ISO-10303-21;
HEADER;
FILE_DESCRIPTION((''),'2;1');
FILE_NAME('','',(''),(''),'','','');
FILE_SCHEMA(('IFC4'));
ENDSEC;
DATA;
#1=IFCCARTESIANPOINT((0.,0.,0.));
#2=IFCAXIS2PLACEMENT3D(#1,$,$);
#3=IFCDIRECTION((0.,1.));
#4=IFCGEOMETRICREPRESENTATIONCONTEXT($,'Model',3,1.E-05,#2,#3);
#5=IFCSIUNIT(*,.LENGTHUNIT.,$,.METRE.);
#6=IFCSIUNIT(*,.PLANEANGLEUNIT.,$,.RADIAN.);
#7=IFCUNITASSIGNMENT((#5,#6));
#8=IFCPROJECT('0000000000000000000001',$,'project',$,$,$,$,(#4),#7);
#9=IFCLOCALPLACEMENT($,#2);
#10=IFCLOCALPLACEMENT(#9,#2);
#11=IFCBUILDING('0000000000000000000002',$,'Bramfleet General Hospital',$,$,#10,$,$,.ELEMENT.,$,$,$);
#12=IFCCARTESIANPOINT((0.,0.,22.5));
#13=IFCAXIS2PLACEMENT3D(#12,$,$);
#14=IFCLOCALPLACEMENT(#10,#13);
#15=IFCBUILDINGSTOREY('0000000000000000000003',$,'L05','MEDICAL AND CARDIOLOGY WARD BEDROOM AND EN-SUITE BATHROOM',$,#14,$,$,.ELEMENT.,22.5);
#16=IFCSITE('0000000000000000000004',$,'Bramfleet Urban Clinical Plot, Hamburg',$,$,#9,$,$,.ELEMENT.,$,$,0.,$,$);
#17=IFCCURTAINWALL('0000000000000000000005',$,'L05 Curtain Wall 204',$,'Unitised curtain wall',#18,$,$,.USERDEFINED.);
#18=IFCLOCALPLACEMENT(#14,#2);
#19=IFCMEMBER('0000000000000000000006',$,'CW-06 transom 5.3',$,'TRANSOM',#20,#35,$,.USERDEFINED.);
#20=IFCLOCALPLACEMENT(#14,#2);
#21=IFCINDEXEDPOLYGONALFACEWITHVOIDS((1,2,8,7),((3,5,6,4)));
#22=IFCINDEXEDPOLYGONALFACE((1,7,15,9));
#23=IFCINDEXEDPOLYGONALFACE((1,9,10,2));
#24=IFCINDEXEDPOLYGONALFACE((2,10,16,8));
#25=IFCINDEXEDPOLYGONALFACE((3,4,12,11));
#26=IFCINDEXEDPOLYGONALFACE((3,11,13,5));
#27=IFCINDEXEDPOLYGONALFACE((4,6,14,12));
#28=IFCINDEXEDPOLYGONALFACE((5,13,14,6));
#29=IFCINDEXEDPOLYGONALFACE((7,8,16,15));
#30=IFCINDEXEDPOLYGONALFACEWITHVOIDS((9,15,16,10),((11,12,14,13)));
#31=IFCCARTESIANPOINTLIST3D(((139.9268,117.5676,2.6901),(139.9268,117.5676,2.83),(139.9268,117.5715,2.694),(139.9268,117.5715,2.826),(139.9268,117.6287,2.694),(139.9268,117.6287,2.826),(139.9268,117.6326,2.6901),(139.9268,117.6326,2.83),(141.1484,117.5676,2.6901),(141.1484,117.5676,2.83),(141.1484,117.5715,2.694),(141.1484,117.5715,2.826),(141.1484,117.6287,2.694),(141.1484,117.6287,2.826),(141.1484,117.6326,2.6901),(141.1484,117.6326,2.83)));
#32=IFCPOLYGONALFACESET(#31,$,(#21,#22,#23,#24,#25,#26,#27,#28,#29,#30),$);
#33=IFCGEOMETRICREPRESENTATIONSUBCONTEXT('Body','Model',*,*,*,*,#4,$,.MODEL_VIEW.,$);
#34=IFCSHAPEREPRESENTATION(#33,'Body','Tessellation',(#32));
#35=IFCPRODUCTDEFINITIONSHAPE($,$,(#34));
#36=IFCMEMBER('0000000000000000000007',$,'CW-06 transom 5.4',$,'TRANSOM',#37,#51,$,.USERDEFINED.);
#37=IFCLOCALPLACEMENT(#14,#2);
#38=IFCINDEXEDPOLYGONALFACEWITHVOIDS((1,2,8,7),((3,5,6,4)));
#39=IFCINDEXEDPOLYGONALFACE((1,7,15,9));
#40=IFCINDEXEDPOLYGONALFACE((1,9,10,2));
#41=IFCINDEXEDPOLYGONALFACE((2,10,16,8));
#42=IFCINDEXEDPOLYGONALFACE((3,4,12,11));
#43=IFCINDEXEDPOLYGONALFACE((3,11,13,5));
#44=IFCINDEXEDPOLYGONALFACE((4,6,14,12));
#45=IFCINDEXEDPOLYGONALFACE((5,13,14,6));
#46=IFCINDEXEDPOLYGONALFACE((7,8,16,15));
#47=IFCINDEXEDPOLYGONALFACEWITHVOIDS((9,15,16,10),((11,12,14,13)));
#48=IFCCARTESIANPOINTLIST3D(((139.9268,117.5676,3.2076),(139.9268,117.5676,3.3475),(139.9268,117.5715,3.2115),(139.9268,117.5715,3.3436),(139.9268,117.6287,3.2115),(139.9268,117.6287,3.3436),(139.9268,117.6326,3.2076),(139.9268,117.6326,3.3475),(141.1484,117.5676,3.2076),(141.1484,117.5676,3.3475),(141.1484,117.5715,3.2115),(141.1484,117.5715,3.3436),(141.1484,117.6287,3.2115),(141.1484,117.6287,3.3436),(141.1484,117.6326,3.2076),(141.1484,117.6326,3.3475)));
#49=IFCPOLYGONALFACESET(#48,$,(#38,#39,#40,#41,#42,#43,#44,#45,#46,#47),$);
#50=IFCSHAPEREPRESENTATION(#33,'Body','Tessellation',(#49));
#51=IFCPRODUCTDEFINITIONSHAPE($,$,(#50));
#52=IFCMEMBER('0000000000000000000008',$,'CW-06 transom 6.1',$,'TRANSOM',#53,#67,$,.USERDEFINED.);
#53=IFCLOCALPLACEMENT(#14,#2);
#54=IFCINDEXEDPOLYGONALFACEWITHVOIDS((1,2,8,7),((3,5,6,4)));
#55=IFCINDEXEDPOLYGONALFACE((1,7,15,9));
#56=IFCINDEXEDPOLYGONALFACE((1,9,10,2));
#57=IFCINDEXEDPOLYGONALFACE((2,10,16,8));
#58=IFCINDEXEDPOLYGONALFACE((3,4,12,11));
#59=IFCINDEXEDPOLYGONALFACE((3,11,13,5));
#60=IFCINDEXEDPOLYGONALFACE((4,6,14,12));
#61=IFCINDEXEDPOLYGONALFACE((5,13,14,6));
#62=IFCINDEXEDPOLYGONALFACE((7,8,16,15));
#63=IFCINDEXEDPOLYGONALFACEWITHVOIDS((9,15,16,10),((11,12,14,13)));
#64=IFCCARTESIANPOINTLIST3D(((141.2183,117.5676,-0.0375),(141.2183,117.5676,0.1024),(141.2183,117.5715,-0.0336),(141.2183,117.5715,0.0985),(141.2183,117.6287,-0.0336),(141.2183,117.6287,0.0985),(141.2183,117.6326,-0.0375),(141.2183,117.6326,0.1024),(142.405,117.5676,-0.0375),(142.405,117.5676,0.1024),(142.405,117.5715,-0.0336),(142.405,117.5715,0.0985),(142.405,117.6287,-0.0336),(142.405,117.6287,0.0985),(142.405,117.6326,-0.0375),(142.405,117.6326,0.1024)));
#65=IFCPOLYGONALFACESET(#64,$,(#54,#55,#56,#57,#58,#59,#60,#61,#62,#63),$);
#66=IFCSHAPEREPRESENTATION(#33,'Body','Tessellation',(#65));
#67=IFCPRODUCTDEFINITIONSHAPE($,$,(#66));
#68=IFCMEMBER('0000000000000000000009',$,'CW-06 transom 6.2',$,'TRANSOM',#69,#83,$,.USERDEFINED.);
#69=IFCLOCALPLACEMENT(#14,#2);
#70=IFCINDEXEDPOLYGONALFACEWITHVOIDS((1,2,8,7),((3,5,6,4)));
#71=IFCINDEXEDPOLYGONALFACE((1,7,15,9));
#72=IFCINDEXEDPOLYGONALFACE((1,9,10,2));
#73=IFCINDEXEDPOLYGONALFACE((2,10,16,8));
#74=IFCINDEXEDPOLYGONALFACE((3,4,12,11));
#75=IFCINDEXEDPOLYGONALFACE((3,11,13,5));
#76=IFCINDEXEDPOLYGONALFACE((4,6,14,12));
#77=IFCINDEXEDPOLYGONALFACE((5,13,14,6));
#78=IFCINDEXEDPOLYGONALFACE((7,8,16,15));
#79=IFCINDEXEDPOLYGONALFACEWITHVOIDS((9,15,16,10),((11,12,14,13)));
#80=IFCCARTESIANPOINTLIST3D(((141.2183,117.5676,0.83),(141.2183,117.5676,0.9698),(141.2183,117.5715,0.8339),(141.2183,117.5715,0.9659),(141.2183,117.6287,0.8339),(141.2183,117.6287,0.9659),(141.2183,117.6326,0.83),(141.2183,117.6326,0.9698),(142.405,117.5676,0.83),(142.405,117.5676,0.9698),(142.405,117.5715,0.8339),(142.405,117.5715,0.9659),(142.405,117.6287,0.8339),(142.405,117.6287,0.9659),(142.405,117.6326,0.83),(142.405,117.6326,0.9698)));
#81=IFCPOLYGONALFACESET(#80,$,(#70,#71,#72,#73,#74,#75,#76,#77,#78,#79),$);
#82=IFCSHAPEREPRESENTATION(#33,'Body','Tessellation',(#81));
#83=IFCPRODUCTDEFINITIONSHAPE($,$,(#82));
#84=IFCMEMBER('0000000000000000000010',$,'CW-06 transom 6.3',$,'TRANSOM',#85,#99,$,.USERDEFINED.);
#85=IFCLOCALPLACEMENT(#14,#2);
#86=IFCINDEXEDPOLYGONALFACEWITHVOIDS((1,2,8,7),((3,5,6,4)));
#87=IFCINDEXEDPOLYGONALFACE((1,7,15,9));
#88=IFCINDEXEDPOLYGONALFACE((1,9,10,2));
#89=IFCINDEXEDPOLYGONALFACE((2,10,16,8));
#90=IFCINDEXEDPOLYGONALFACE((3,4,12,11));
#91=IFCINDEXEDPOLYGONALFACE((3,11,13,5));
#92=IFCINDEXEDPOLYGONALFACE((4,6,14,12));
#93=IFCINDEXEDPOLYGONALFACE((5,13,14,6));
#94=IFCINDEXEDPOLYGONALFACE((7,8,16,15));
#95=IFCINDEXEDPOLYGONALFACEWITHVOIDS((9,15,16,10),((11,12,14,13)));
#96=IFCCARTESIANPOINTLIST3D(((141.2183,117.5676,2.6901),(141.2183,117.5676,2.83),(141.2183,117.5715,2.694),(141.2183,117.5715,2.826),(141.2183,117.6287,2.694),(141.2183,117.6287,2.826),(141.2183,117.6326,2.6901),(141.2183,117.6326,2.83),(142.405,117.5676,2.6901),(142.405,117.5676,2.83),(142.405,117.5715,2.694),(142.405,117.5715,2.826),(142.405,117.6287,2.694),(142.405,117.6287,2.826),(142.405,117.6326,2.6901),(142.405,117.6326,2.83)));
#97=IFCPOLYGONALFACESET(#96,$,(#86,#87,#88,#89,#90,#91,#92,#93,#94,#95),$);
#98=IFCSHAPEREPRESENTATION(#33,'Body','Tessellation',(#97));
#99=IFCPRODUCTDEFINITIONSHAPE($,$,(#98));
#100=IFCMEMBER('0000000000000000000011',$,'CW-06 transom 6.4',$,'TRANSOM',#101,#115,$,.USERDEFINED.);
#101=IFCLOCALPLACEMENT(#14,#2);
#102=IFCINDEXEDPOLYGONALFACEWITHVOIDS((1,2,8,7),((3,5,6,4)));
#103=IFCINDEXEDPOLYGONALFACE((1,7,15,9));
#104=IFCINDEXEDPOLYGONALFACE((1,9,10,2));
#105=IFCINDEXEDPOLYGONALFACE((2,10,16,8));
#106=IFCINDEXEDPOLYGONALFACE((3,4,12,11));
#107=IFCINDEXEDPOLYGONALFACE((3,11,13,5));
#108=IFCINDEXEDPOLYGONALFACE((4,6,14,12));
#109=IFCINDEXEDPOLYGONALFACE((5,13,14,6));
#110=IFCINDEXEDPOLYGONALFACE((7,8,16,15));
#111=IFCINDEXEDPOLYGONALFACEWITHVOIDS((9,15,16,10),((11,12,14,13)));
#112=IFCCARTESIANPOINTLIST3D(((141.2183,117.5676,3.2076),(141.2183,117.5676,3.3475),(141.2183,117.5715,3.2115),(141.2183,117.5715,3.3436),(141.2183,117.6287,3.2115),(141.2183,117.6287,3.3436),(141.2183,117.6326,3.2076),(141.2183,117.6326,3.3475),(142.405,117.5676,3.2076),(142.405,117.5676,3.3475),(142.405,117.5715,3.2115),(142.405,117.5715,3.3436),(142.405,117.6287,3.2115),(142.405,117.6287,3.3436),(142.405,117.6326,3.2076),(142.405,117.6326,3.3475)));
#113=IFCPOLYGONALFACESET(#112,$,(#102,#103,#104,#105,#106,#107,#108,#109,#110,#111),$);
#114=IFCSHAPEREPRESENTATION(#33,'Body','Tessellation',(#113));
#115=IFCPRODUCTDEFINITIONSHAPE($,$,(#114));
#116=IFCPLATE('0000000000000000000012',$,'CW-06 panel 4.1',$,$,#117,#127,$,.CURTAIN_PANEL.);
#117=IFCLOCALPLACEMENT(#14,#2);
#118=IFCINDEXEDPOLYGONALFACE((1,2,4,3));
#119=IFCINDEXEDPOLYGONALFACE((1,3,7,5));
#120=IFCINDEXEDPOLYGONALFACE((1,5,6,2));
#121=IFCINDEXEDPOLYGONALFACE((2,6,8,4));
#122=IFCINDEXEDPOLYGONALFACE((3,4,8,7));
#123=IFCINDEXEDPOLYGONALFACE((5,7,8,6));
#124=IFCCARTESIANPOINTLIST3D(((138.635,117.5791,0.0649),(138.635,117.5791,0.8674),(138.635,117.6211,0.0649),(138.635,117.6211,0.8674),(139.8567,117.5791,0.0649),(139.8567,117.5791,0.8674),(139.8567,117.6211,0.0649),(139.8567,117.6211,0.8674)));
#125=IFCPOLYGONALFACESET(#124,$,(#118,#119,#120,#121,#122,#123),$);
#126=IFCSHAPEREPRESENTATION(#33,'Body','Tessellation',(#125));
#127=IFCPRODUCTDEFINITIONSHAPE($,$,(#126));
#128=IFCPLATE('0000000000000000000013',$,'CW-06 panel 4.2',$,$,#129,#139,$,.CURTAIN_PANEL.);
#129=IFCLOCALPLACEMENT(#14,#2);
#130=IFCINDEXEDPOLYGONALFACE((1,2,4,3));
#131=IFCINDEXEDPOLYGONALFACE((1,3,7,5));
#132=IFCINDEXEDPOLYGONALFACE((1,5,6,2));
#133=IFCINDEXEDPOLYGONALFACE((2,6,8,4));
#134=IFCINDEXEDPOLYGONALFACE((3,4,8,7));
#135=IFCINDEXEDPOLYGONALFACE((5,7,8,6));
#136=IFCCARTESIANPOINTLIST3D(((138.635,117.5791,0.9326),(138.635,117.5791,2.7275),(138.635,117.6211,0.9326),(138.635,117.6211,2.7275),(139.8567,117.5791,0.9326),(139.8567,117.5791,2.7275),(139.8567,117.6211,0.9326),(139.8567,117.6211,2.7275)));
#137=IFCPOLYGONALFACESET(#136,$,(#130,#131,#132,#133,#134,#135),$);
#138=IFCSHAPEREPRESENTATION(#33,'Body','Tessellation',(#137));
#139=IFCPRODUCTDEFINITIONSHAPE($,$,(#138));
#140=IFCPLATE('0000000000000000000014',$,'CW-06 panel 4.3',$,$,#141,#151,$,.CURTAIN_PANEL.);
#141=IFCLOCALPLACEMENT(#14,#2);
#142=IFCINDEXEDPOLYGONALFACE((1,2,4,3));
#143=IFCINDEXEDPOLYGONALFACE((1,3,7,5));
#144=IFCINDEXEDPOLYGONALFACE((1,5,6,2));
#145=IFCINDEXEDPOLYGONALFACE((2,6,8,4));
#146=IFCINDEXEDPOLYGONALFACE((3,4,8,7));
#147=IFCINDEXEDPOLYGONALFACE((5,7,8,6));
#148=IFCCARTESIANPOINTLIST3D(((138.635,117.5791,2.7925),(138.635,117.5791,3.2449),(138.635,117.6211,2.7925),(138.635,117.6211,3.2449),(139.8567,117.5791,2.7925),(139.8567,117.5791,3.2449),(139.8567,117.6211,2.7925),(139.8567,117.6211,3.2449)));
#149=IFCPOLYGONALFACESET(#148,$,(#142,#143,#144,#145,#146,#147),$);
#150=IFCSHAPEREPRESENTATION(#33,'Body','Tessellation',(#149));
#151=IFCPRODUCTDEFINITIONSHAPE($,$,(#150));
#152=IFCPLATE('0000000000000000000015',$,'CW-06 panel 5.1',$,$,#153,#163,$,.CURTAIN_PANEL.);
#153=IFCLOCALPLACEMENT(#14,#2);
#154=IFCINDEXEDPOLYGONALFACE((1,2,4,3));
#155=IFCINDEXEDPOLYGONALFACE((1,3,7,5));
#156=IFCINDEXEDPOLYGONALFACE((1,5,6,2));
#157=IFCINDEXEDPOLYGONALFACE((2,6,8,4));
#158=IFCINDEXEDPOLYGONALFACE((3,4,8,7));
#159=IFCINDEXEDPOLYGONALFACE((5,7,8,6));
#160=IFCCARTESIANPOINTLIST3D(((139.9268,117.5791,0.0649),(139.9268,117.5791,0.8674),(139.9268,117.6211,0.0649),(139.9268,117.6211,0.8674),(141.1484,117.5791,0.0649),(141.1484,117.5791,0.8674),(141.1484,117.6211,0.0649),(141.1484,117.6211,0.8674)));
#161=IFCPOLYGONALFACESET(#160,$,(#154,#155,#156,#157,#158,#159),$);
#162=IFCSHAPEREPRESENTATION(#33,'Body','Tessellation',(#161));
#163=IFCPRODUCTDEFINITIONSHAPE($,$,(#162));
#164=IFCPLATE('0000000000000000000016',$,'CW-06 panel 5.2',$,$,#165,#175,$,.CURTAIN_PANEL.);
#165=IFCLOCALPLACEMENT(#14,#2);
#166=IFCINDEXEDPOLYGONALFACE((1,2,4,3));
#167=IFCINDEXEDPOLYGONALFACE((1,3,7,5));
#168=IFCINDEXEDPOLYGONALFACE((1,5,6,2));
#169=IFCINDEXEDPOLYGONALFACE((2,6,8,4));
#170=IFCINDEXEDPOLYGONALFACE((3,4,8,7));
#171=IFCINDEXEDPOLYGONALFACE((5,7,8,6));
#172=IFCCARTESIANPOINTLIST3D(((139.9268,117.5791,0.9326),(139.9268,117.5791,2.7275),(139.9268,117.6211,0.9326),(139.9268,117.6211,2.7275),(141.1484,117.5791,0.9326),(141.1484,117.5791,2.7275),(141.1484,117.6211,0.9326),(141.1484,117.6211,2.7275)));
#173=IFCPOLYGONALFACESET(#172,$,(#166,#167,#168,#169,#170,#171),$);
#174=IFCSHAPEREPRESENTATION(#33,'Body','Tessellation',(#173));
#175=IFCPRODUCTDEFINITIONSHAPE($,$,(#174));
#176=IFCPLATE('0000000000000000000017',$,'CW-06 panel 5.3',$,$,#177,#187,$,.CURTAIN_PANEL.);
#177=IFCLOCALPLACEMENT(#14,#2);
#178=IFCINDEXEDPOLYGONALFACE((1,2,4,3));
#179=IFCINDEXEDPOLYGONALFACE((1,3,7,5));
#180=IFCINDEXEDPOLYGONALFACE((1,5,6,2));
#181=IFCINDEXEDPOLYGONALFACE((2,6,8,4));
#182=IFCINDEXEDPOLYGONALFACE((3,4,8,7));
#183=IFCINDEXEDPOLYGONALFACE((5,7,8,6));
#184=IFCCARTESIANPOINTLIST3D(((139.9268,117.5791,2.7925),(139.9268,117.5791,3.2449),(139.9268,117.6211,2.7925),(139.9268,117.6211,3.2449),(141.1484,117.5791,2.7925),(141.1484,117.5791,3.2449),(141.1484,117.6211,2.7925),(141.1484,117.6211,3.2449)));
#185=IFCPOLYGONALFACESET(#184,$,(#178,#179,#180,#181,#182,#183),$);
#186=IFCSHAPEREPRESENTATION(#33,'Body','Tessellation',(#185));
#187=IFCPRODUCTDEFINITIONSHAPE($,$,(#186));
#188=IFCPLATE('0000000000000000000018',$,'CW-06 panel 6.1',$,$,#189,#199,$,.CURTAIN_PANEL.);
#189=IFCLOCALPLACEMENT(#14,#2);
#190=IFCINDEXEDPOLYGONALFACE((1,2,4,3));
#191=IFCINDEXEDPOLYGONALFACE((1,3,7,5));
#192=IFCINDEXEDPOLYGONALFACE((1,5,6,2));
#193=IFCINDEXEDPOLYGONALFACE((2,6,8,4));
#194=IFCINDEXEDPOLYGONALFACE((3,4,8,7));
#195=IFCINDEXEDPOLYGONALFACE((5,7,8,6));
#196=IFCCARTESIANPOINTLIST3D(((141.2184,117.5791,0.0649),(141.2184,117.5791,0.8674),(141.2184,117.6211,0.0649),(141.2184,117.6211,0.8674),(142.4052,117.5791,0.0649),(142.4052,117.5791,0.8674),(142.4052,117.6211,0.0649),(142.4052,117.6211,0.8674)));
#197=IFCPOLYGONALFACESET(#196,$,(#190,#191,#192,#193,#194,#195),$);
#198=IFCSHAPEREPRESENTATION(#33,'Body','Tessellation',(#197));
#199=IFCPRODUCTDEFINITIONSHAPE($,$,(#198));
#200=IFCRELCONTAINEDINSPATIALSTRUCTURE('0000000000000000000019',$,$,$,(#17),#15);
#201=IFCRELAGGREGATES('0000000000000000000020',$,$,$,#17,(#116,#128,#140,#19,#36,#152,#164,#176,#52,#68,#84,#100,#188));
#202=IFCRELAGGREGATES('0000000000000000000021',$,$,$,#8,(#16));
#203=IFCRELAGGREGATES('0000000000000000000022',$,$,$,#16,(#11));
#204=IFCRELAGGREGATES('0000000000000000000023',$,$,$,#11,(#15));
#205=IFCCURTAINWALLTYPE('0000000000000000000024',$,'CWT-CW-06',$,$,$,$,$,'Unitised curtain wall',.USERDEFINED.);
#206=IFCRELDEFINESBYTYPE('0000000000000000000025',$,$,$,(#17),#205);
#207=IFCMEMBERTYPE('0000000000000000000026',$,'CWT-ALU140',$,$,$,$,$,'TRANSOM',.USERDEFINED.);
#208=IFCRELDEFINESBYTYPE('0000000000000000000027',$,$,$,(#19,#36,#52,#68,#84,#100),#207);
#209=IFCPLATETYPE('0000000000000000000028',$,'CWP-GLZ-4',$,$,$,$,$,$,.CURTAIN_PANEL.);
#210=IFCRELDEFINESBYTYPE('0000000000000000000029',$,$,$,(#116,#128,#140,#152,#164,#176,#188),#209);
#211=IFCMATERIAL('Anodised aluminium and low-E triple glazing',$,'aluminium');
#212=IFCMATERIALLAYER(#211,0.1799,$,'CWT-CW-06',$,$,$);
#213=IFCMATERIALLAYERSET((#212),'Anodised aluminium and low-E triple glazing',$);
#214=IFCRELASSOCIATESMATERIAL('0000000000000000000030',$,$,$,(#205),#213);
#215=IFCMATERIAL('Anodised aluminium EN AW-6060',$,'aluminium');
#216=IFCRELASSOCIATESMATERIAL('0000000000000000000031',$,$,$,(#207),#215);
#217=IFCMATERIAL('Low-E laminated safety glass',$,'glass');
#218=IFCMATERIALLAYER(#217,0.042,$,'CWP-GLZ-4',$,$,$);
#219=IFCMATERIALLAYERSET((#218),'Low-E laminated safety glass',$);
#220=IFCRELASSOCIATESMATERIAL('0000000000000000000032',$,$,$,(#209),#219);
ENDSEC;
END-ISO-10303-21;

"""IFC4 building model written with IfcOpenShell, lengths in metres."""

from ifc_helpers import new_model, si_unit, direction, frame, origin, origin_2d, place, context, subcontext, project, spatial, rectangle, hollow_rectangle, extrude, material, layer, layer_set, material_profile, profile_set, type_object, element, aggregate, save


model = new_model("IFC4")

# Units and contexts
model_context = context("Model", 3, precision=1e-05, world=origin(), true_north=direction((0.0, 1.0)))
body_context = subcontext(model_context, "Body", "Model", "MODEL_VIEW")
ifc_project = project(units=[si_unit("LENGTHUNIT", "METRE"), si_unit("PLANEANGLEUNIT", "RADIAN")], contexts=[model_context])

# Site, building, storey
site_placement = place(None, origin())
site = spatial("IfcSite", under=ifc_project, at=site_placement, Name="Bramfleet Urban Clinical Plot, Hamburg", CompositionType="ELEMENT", RefElevation=0.0)
building_placement = place(site_placement, origin())
building = spatial("IfcBuilding", under=site, at=building_placement, Name="Bramfleet General Hospital", CompositionType="ELEMENT")
storey_placement = place(building_placement, frame((0.0, 0.0, 22.5)))
storey = spatial("IfcBuildingStorey", under=building, at=storey_placement, Name="L05", Description="MEDICAL AND CARDIOLOGY WARD BEDROOM AND EN-SUITE BATHROOM", CompositionType="ELEMENT", Elevation=22.5)

# Curtain wall, members, plates
ifc_material_1 = material(Name="Anodised aluminium and low-E triple glazing", Category="aluminium")
ifc_layer_1 = layer(ifc_material_1, 0.1799, Name="CWT-CW-06")
ifc_layer_set_1 = layer_set([ifc_layer_1], Name="Anodised aluminium and low-E triple glazing")
curtain_wall_type = type_object("IfcCurtainWallType", Name="CWT-CW-06", ElementType="Unitised curtain wall", PredefinedType="USERDEFINED", material=ifc_layer_set_1)
curtain_wall_placement = place(storey_placement, origin())
curtain_wall = element("IfcCurtainWall", 1, at=curtain_wall_placement, inside=storey, type_object=curtain_wall_type, Name="L05 Curtain Wall 204", ObjectType="Unitised curtain wall", PredefinedType="USERDEFINED")
ifc_material_2 = material(Name="Anodised aluminium EN AW-6060", Category="aluminium")
ifc_material_profile_1 = material_profile(ifc_material_2, hollow_rectangle(XDim=0.0649, YDim=0.1399, WallThickness=0.0039, at=origin_2d()), Name="ALU 140x65x4.0")
ifc_profile_set_1 = profile_set([ifc_material_profile_1], Name="Anodised aluminium EN AW-6060")
member_type_1 = type_object("IfcMemberType", Name="CWT-ALU140", ElementType="TRANSOM", PredefinedType="USERDEFINED", material=ifc_profile_set_1)
member_1_placement = place(storey_placement, frame((139.9268, 117.6001, 2.76), z_axis=(1.0, 0.0, 0.0), x_axis=(0.0, 1.0, 0.0)))
member_1 = element("IfcMember", 2, at=member_1_placement, type_object=member_type_1, Name="CW-06 transom 5.3", ObjectType="TRANSOM", PredefinedType="USERDEFINED", context=body_context, shape_type="SweptSolid", body=[
    extrude(hollow_rectangle(XDim=0.0649, YDim=0.1399, WallThickness=0.0039, at=origin_2d()), origin(), (0.0, 0.0, 1.0), 1.2217),
])
member_2_placement = place(storey_placement, frame((139.9268, 117.6001, 3.2776), z_axis=(1.0, 0.0, 0.0), x_axis=(0.0, 1.0, 0.0)))
member_2 = element("IfcMember", 3, at=member_2_placement, type_object=member_type_1, Name="CW-06 transom 5.4", ObjectType="TRANSOM", PredefinedType="USERDEFINED", context=body_context, shape_type="SweptSolid", body=[
    extrude(hollow_rectangle(XDim=0.0649, YDim=0.1399, WallThickness=0.0039, at=origin_2d()), origin(), (0.0, 0.0, 1.0), 1.2217),
])
member_3_placement = place(storey_placement, frame((141.2183, 117.6001, 0.0325), z_axis=(1.0, 0.0, 0.0), x_axis=(0.0, 1.0, 0.0)))
member_3 = element("IfcMember", 4, at=member_3_placement, type_object=member_type_1, Name="CW-06 transom 6.1", ObjectType="TRANSOM", PredefinedType="USERDEFINED", context=body_context, shape_type="SweptSolid", body=[
    extrude(hollow_rectangle(XDim=0.0649, YDim=0.1399, WallThickness=0.0039, at=origin_2d()), origin(), (0.0, 0.0, 1.0), 1.1868),
])
member_4_placement = place(storey_placement, frame((141.2183, 117.6001, 0.8999), z_axis=(1.0, 0.0, 0.0), x_axis=(0.0, 1.0, 0.0)))
member_4 = element("IfcMember", 5, at=member_4_placement, type_object=member_type_1, Name="CW-06 transom 6.2", ObjectType="TRANSOM", PredefinedType="USERDEFINED", context=body_context, shape_type="SweptSolid", body=[
    extrude(hollow_rectangle(XDim=0.0649, YDim=0.1399, WallThickness=0.0039, at=origin_2d()), origin(), (0.0, 0.0, 1.0), 1.1868),
])
member_5_placement = place(storey_placement, frame((141.2183, 117.6001, 2.76), z_axis=(1.0, 0.0, 0.0), x_axis=(0.0, 1.0, 0.0)))
member_5 = element("IfcMember", 6, at=member_5_placement, type_object=member_type_1, Name="CW-06 transom 6.3", ObjectType="TRANSOM", PredefinedType="USERDEFINED", context=body_context, shape_type="SweptSolid", body=[
    extrude(hollow_rectangle(XDim=0.0649, YDim=0.1399, WallThickness=0.0039, at=origin_2d()), origin(), (0.0, 0.0, 1.0), 1.1868),
])
member_6_placement = place(storey_placement, frame((141.2183, 117.6001, 3.2776), z_axis=(1.0, 0.0, 0.0), x_axis=(0.0, 1.0, 0.0)))
member_6 = element("IfcMember", 7, at=member_6_placement, type_object=member_type_1, Name="CW-06 transom 6.4", ObjectType="TRANSOM", PredefinedType="USERDEFINED", context=body_context, shape_type="SweptSolid", body=[
    extrude(hollow_rectangle(XDim=0.0649, YDim=0.1399, WallThickness=0.0039, at=origin_2d()), origin(), (0.0, 0.0, 1.0), 1.1868),
])
ifc_material_3 = material(Name="Low-E laminated safety glass", Category="glass")
ifc_layer_2 = layer(ifc_material_3, 0.042, Name="CWP-GLZ-4")
ifc_layer_set_2 = layer_set([ifc_layer_2], Name="Low-E laminated safety glass")
plate_type = type_object("IfcPlateType", Name="CWP-GLZ-4", PredefinedType="CURTAIN_PANEL", material=ifc_layer_set_2)
plate_1_placement = place(storey_placement, frame((139.2458, 117.6001, 0.0649), z_axis=(0.0, 0.0, 1.0), x_axis=(1.0, 0.0, 0.0)))
plate_1 = element("IfcPlate", 8, at=plate_1_placement, type_object=plate_type, Name="CW-06 panel 4.1", PredefinedType="CURTAIN_PANEL", context=body_context, shape_type="SweptSolid", body=[
    extrude(rectangle(XDim=1.2217, YDim=0.042, at=origin_2d()), origin(), (0.0, 0.0, 1.0), 0.8025),
])
plate_2_placement = place(storey_placement, frame((139.2458, 117.6001, 0.9326), z_axis=(0.0, 0.0, 1.0), x_axis=(1.0, 0.0, 0.0)))
plate_2 = element("IfcPlate", 9, at=plate_2_placement, type_object=plate_type, Name="CW-06 panel 4.2", PredefinedType="CURTAIN_PANEL", context=body_context, shape_type="SweptSolid", body=[
    extrude(rectangle(XDim=1.2217, YDim=0.042, at=origin_2d()), origin(), (0.0, 0.0, 1.0), 1.7949),
])
plate_3_placement = place(storey_placement, frame((139.2458, 117.6001, 2.7925), z_axis=(0.0, 0.0, 1.0), x_axis=(1.0, 0.0, 0.0)))
plate_3 = element("IfcPlate", 10, at=plate_3_placement, type_object=plate_type, Name="CW-06 panel 4.3", PredefinedType="CURTAIN_PANEL", context=body_context, shape_type="SweptSolid", body=[
    extrude(rectangle(XDim=1.2217, YDim=0.042, at=origin_2d()), origin(), (0.0, 0.0, 1.0), 0.4524),
])
plate_4_placement = place(storey_placement, frame((140.5376, 117.6001, 0.0649), z_axis=(0.0, 0.0, 1.0), x_axis=(1.0, 0.0, 0.0)))
plate_4 = element("IfcPlate", 11, at=plate_4_placement, type_object=plate_type, Name="CW-06 panel 5.1", PredefinedType="CURTAIN_PANEL", context=body_context, shape_type="SweptSolid", body=[
    extrude(rectangle(XDim=1.2217, YDim=0.042, at=origin_2d()), origin(), (0.0, 0.0, 1.0), 0.8025),
])
plate_5_placement = place(storey_placement, frame((140.5376, 117.6001, 0.9326), z_axis=(0.0, 0.0, 1.0), x_axis=(1.0, 0.0, 0.0)))
plate_5 = element("IfcPlate", 12, at=plate_5_placement, type_object=plate_type, Name="CW-06 panel 5.2", PredefinedType="CURTAIN_PANEL", context=body_context, shape_type="SweptSolid", body=[
    extrude(rectangle(XDim=1.2217, YDim=0.042, at=origin_2d()), origin(), (0.0, 0.0, 1.0), 1.7949),
])
plate_6_placement = place(storey_placement, frame((140.5376, 117.6001, 2.7925), z_axis=(0.0, 0.0, 1.0), x_axis=(1.0, 0.0, 0.0)))
plate_6 = element("IfcPlate", 13, at=plate_6_placement, type_object=plate_type, Name="CW-06 panel 5.3", PredefinedType="CURTAIN_PANEL", context=body_context, shape_type="SweptSolid", body=[
    extrude(rectangle(XDim=1.2217, YDim=0.042, at=origin_2d()), origin(), (0.0, 0.0, 1.0), 0.4524),
])
plate_7_placement = place(storey_placement, frame((141.8118, 117.6001, 0.0649), z_axis=(0.0, 0.0, 1.0), x_axis=(1.0, 0.0, 0.0)))
plate_7 = element("IfcPlate", 14, at=plate_7_placement, type_object=plate_type, Name="CW-06 panel 6.1", PredefinedType="CURTAIN_PANEL", context=body_context, shape_type="SweptSolid", body=[
    extrude(rectangle(XDim=1.1868, YDim=0.042, at=origin_2d()), origin(), (0.0, 0.0, 1.0), 0.8025),
])
aggregate(curtain_wall, [plate_1, plate_2, plate_3, member_1, member_2, plate_4, plate_5, plate_6, member_3, member_4, member_5, member_6, plate_7])

save(model, "model.ifc")
